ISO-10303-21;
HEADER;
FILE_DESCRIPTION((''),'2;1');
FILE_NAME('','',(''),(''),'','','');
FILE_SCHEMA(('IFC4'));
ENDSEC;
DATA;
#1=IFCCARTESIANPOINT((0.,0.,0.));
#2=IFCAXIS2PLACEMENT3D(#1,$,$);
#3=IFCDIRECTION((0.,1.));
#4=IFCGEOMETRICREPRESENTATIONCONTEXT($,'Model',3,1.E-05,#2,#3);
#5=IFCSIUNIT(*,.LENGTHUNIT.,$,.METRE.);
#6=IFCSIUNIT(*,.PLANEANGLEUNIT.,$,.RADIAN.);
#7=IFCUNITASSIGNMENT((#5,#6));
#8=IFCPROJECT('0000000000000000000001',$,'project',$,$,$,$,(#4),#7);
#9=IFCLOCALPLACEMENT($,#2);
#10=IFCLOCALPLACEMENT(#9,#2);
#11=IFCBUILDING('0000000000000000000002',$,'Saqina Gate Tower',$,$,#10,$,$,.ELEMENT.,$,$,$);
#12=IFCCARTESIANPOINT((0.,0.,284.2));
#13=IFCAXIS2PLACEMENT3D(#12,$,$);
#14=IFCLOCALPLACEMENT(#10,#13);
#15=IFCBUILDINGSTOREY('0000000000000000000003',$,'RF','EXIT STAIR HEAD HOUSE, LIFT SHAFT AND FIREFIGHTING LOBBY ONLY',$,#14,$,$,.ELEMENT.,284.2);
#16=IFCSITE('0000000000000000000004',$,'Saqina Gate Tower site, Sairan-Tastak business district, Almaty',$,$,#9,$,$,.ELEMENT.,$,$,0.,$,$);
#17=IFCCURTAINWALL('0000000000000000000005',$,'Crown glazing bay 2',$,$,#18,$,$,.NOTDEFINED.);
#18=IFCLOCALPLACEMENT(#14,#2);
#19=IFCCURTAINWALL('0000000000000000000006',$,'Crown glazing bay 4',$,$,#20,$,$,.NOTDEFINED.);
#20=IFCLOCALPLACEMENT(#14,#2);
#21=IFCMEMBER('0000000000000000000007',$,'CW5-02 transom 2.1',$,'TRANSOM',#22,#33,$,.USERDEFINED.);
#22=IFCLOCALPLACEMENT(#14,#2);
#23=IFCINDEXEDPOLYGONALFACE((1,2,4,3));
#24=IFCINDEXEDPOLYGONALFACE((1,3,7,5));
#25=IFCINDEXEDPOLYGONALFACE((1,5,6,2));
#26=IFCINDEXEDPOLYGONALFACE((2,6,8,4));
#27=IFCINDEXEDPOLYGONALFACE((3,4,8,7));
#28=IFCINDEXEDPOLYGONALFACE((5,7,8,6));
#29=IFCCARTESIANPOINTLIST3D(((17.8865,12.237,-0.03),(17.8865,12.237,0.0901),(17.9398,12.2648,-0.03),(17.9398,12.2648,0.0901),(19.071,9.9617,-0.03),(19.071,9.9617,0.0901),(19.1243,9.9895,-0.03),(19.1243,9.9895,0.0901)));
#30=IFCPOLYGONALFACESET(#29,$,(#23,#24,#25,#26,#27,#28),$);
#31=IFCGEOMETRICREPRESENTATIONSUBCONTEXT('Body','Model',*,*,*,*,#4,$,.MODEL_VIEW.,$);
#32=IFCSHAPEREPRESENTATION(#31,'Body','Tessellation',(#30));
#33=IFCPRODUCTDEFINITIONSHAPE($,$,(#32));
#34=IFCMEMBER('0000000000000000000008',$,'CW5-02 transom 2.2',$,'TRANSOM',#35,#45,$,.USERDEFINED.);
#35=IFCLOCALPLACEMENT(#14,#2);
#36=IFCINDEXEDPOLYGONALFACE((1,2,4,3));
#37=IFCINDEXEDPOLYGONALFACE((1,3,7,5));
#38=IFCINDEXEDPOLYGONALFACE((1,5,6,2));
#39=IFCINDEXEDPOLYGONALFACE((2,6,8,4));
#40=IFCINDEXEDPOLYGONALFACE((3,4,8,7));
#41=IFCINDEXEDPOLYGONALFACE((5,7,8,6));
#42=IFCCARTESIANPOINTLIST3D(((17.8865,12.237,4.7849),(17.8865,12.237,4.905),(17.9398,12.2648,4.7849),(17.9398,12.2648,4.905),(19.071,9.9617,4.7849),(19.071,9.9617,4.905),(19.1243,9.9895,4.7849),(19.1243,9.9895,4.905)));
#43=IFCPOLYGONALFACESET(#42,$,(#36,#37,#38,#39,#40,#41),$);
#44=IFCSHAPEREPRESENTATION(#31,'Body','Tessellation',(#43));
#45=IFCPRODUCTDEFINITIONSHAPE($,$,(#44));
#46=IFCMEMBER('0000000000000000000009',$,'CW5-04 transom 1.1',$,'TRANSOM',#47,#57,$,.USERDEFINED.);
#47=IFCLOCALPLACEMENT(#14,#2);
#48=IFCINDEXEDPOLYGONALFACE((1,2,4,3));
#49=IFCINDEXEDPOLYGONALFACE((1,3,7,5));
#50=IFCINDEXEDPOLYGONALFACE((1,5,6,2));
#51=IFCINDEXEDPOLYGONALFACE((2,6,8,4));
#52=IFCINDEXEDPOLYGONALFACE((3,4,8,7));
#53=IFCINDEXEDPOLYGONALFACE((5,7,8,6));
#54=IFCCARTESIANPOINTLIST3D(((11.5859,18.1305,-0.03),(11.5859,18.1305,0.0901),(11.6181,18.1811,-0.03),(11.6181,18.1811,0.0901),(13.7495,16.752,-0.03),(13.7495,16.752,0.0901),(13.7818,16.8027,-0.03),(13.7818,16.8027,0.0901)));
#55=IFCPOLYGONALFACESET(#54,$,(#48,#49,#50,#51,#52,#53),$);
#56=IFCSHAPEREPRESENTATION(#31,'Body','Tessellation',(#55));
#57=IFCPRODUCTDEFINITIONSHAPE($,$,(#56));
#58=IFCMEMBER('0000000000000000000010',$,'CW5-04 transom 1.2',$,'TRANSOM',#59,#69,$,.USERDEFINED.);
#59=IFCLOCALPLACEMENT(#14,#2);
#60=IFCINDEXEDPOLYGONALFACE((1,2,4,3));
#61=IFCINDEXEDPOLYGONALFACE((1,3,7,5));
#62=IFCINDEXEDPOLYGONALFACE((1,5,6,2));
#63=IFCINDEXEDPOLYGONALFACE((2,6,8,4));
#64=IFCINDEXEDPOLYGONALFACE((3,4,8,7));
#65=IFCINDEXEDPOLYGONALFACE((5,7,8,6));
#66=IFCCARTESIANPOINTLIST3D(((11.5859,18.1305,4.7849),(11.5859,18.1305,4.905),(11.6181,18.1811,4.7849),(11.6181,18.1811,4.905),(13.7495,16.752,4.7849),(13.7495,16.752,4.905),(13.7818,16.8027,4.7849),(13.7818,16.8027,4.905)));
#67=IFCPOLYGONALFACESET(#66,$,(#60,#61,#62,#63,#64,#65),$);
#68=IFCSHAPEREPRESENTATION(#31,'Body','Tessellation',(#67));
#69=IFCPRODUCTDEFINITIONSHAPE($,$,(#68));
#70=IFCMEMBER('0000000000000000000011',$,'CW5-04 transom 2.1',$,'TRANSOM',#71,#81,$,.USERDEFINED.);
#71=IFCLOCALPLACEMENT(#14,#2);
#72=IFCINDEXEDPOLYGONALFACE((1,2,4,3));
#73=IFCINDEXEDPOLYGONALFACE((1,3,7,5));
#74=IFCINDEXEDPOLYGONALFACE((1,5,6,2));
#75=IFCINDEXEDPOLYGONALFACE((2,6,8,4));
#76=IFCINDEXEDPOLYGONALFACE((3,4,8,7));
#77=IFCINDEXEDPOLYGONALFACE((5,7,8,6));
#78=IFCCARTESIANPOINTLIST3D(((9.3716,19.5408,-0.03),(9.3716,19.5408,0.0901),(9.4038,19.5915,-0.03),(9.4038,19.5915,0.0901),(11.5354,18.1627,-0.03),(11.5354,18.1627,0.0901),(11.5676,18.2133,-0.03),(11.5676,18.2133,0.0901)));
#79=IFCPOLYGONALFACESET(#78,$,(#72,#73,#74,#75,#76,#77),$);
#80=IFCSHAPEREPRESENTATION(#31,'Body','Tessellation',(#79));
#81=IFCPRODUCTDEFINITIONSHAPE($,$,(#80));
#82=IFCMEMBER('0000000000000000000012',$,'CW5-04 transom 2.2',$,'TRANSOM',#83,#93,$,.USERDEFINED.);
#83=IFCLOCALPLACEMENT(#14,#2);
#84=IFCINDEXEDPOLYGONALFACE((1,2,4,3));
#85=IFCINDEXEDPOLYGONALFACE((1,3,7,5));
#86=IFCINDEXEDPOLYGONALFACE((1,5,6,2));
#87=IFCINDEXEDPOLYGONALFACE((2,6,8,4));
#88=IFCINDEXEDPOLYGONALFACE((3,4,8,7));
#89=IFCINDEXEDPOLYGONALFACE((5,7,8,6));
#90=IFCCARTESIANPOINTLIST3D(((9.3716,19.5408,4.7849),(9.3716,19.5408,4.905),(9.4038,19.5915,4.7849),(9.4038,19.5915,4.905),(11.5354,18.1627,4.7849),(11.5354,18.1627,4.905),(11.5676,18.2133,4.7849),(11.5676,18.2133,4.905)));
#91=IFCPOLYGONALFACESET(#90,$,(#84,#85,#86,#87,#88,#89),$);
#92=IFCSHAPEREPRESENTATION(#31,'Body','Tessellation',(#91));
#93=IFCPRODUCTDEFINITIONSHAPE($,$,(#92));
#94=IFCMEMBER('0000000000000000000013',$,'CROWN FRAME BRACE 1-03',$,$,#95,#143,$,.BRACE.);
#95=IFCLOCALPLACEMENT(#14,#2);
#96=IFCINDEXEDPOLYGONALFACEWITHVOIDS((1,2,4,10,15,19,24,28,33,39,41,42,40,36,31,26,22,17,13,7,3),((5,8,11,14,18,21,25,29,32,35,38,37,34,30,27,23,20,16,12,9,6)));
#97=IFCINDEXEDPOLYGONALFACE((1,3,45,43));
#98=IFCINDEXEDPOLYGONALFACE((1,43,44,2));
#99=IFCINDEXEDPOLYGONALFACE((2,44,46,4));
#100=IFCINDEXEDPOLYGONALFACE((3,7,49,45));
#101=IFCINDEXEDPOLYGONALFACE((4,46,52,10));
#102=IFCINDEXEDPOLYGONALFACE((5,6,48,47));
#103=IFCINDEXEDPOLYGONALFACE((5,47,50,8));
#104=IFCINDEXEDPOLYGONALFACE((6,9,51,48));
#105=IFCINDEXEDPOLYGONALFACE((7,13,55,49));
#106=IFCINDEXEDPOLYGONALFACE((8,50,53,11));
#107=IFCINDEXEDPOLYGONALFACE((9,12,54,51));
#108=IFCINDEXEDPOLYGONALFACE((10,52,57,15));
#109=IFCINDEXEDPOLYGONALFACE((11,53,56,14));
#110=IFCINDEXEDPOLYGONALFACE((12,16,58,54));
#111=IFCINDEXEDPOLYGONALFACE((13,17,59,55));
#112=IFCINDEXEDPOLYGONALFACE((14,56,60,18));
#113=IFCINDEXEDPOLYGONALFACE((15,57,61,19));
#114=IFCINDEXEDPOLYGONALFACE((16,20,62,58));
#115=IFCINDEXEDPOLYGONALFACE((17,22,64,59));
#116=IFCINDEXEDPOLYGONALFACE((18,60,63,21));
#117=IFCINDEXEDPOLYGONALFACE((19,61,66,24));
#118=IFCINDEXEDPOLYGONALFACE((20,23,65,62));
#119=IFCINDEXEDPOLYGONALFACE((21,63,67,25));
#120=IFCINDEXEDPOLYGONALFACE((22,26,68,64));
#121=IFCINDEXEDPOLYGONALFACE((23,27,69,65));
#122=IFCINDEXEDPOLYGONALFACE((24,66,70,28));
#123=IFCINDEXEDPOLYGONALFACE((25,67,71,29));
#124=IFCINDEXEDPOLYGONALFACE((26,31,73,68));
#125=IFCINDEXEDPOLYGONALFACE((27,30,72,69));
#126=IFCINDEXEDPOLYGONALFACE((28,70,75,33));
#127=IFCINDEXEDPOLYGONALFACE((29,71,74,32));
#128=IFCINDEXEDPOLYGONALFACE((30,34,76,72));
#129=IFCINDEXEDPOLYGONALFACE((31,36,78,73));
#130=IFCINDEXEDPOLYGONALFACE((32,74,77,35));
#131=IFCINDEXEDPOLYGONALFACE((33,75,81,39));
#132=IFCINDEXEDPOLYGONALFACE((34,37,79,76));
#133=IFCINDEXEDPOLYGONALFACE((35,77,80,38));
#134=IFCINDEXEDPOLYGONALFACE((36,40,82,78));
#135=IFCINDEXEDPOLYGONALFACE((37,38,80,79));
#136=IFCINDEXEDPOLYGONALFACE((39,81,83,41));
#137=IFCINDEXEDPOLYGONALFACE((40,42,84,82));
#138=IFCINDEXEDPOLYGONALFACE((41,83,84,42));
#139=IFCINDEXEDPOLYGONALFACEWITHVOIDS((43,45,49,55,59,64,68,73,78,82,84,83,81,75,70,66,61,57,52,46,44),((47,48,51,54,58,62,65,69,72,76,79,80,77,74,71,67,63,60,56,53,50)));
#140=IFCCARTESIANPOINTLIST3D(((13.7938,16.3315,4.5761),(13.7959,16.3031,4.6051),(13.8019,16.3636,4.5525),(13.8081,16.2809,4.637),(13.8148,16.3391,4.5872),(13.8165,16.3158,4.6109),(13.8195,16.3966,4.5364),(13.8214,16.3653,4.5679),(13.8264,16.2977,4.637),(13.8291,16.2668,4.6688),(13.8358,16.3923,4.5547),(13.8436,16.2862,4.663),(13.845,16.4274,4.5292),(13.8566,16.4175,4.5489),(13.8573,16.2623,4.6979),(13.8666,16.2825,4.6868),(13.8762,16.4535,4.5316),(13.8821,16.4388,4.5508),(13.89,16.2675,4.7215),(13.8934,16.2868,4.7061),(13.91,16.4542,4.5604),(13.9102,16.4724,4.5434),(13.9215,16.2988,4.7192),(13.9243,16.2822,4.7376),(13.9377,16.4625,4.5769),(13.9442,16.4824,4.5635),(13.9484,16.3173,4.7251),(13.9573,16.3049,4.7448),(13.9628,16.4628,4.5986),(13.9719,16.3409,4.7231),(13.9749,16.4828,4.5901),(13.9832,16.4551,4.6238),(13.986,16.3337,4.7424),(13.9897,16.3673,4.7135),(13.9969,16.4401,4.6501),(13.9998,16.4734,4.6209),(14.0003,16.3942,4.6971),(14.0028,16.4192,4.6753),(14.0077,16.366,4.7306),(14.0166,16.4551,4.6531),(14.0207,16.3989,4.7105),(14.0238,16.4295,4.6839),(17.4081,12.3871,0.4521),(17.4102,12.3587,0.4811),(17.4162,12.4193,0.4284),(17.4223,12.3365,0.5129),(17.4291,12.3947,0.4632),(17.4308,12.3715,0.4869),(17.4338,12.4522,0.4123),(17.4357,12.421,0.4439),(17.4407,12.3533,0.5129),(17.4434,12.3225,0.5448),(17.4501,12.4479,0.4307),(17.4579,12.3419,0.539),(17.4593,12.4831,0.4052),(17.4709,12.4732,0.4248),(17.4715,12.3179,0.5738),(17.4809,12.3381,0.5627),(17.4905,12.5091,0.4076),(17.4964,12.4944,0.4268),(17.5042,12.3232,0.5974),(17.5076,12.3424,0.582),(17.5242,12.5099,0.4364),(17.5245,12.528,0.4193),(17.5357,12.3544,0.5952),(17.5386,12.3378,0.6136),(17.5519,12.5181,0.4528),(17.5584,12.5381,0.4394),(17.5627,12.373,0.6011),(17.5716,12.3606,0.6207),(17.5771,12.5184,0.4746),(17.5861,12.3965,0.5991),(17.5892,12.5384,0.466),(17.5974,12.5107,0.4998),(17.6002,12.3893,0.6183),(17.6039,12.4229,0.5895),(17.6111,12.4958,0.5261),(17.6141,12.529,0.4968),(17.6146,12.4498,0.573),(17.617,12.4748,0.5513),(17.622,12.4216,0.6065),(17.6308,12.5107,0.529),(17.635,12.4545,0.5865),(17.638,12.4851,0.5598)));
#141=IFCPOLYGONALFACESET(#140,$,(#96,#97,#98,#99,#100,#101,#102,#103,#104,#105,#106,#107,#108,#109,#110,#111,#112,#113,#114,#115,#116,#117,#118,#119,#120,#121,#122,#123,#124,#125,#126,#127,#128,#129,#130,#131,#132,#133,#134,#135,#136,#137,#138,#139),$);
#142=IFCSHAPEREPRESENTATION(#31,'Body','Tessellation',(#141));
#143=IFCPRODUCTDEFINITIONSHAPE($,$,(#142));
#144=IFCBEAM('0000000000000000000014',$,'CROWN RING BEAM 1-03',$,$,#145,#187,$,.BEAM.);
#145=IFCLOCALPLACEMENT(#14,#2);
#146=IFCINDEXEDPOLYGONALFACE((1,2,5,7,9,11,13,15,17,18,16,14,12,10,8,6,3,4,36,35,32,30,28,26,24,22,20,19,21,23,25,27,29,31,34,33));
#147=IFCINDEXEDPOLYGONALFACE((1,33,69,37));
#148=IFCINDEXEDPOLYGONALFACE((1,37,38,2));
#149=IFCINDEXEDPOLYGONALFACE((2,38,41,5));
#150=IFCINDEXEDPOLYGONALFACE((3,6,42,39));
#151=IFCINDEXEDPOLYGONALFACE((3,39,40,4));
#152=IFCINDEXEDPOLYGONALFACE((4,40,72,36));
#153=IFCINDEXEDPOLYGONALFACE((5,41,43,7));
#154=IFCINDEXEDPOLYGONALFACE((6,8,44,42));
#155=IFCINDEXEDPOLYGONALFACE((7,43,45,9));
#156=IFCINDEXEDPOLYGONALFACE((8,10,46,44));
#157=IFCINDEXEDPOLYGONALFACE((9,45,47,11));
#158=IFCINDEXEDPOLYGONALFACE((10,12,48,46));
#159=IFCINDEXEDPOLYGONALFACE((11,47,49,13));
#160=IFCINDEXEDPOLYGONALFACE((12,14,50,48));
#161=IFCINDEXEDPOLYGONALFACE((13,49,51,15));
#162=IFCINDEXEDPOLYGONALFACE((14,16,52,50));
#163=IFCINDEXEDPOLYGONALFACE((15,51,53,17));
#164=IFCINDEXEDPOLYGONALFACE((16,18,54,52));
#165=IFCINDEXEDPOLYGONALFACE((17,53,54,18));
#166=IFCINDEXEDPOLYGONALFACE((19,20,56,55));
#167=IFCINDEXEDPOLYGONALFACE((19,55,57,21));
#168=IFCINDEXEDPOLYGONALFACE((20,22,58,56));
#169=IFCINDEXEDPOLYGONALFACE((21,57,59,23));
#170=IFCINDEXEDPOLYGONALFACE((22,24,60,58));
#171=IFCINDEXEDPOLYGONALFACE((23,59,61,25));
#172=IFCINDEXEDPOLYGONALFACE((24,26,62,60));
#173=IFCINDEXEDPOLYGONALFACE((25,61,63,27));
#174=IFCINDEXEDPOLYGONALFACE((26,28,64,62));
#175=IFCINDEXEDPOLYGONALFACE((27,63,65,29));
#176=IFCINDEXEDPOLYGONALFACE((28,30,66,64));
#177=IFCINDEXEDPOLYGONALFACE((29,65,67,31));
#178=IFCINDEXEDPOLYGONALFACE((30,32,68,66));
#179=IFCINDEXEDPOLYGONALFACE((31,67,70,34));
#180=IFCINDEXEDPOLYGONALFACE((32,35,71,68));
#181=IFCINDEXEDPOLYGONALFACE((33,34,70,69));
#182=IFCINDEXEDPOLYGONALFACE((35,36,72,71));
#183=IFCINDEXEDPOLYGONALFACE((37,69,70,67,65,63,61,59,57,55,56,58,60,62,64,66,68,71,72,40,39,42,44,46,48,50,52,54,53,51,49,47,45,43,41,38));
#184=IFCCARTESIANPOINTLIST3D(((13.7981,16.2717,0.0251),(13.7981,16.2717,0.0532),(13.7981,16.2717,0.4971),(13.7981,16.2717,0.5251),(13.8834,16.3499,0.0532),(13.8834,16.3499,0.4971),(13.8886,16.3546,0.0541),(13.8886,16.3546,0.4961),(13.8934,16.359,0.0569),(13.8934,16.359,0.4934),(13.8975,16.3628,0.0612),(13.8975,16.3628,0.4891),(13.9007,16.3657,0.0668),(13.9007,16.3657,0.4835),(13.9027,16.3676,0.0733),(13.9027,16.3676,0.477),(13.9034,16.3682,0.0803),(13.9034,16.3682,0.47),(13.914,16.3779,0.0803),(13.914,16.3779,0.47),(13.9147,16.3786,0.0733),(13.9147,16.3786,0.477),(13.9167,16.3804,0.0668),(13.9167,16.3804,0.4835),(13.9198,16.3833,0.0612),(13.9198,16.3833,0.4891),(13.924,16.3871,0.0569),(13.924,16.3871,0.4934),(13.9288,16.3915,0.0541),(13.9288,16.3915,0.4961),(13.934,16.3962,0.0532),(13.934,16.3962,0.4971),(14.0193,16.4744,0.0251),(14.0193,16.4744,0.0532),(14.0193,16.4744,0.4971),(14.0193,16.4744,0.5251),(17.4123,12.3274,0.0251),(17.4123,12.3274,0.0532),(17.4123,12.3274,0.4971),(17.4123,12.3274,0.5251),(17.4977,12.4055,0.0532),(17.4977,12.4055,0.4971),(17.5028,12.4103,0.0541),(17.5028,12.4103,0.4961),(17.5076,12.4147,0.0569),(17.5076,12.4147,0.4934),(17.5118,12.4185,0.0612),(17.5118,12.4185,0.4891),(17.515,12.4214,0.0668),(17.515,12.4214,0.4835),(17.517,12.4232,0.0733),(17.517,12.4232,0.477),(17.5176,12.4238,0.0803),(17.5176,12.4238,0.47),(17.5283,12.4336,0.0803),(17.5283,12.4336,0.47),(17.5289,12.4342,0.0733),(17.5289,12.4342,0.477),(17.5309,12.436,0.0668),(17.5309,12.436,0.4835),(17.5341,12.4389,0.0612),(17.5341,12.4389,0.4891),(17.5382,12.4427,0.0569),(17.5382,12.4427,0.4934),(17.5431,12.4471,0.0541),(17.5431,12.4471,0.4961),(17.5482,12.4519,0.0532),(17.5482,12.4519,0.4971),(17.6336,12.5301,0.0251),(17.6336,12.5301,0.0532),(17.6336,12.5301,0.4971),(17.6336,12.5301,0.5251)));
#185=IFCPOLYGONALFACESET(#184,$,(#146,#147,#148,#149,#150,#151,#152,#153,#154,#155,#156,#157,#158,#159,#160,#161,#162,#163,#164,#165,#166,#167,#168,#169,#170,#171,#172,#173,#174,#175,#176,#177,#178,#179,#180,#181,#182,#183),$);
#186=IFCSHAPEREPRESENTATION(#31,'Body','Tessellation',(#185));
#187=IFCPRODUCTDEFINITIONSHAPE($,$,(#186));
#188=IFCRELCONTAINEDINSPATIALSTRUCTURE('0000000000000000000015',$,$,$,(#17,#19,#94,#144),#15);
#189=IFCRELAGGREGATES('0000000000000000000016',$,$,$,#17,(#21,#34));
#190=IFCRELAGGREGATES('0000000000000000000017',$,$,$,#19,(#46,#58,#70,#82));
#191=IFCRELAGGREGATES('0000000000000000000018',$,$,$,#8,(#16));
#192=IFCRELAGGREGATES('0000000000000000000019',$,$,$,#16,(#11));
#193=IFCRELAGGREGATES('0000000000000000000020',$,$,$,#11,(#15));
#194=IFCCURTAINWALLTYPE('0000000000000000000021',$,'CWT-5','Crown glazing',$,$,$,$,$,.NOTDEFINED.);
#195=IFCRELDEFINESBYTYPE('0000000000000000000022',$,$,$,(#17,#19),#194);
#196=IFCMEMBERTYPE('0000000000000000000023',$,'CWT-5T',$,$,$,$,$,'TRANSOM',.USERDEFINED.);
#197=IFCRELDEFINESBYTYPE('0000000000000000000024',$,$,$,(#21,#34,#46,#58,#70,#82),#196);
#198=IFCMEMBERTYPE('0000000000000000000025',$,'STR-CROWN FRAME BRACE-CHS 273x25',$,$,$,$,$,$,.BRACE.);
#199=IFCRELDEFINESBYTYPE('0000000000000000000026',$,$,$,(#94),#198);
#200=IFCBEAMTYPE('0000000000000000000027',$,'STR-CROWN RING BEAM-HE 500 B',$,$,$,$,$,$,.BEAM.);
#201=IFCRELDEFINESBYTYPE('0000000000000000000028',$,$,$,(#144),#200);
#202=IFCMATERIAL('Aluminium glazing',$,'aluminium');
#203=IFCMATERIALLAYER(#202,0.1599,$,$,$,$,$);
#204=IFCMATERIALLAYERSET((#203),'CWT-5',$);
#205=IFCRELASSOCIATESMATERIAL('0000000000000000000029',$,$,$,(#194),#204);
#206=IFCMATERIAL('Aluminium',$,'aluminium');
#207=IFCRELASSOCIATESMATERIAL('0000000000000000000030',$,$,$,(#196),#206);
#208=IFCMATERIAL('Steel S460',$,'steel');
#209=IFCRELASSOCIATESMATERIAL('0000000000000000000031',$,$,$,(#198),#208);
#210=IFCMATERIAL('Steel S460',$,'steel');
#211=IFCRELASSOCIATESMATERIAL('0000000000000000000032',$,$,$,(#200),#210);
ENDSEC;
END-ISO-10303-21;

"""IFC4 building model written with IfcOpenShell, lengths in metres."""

from ifc_helpers import new_model, si_unit, direction, frame, origin, origin_2d, place, context, subcontext, project, spatial, rectangle, hollow_circle, i_section, extrude, material, layer, layer_set, material_profile, profile_set, type_object, element, aggregate, save


model = new_model("IFC4")

# Units and contexts
model_context = context("Model", 3, precision=1e-05, world=origin(), true_north=direction((0.0, 1.0)))
body_context = subcontext(model_context, "Body", "Model", "MODEL_VIEW")
ifc_project = project(units=[si_unit("LENGTHUNIT", "METRE"), si_unit("PLANEANGLEUNIT", "RADIAN")], contexts=[model_context])

# Site, building, storey
site_placement = place(None, origin())
site = spatial("IfcSite", under=ifc_project, at=site_placement, Name="Saqina Gate Tower site, Sairan-Tastak business district, Almaty", CompositionType="ELEMENT", RefElevation=0.0)
building_placement = place(site_placement, origin())
building = spatial("IfcBuilding", under=site, at=building_placement, Name="Saqina Gate Tower", CompositionType="ELEMENT")
storey_placement = place(building_placement, frame((0.0, 0.0, 284.2)))
storey = spatial("IfcBuildingStorey", under=building, at=storey_placement, Name="RF", Description="EXIT STAIR HEAD HOUSE, LIFT SHAFT AND FIREFIGHTING LOBBY ONLY", CompositionType="ELEMENT", Elevation=284.2)

# Curtain walls
ifc_material_1 = material(Name="Aluminium glazing", Category="aluminium")
ifc_layer_1 = layer(ifc_material_1, 0.1599)
ifc_layer_set_1 = layer_set([ifc_layer_1], Name="CWT-5")
curtain_wall_type = type_object("IfcCurtainWallType", Name="CWT-5", Description="Crown glazing", PredefinedType="NOTDEFINED", material=ifc_layer_set_1)
curtain_wall_1_placement = place(storey_placement, origin())
curtain_wall_1 = element("IfcCurtainWall", 1, at=curtain_wall_1_placement, inside=storey, type_object=curtain_wall_type, Name="Crown glazing bay 2", PredefinedType="NOTDEFINED")
curtain_wall_2_placement = place(storey_placement, origin())
curtain_wall_2 = element("IfcCurtainWall", 2, at=curtain_wall_2_placement, inside=storey, type_object=curtain_wall_type, Name="Crown glazing bay 4", PredefinedType="NOTDEFINED")

# Members
ifc_material_2 = material(Name="Aluminium", Category="aluminium")
ifc_material_profile_1 = material_profile(ifc_material_2, rectangle(XDim=0.0601, YDim=0.1201, at=origin_2d()), Name="Aluminium 60x120")
ifc_profile_set_1 = profile_set([ifc_material_profile_1], Name="Aluminium")
member_type_1 = type_object("IfcMemberType", Name="CWT-5T", ElementType="TRANSOM", PredefinedType="USERDEFINED", material=ifc_profile_set_1)
member_1_placement = place(storey_placement, frame((19.0977, 9.9756, 0.03), z_axis=(-0.461772, 0.886999, 0.0), x_axis=(-0.886999, -0.461772, 0.0)))
member_1 = element("IfcMember", 3, at=member_1_placement, type_object=member_type_1, Name="CW5-02 transom 2.1", ObjectType="TRANSOM", PredefinedType="USERDEFINED", context=body_context, shape_type="SweptSolid", body=[
    extrude(rectangle(XDim=0.0601, YDim=0.1201, at=origin_2d()), origin(), (0.0, 0.0, 1.0), 2.5652),
])
member_2_placement = place(storey_placement, frame((19.0977, 9.9756, 4.845), z_axis=(-0.461772, 0.886999, 0.0), x_axis=(-0.886999, -0.461772, 0.0)))
member_2 = element("IfcMember", 4, at=member_2_placement, type_object=member_type_1, Name="CW5-02 transom 2.2", ObjectType="TRANSOM", PredefinedType="USERDEFINED", context=body_context, shape_type="SweptSolid", body=[
    extrude(rectangle(XDim=0.0601, YDim=0.1201, at=origin_2d()), origin(), (0.0, 0.0, 1.0), 2.5652),
])
member_3_placement = place(storey_placement, frame((13.7656, 16.7773, 0.03), z_axis=(-0.843379, 0.537319, 0.0), x_axis=(-0.537319, -0.843379, 0.0)))
member_3 = element("IfcMember", 5, at=member_3_placement, type_object=member_type_1, Name="CW5-04 transom 1.1", ObjectType="TRANSOM", PredefinedType="USERDEFINED", context=body_context, shape_type="SweptSolid", body=[
    extrude(rectangle(XDim=0.0601, YDim=0.1201, at=origin_2d()), origin(), (0.0, 0.0, 1.0), 2.5654),
])
member_4_placement = place(storey_placement, frame((13.7656, 16.7773, 4.845), z_axis=(-0.843379, 0.537319, 0.0), x_axis=(-0.537319, -0.843379, 0.0)))
member_4 = element("IfcMember", 6, at=member_4_placement, type_object=member_type_1, Name="CW5-04 transom 1.2", ObjectType="TRANSOM", PredefinedType="USERDEFINED", context=body_context, shape_type="SweptSolid", body=[
    extrude(rectangle(XDim=0.0601, YDim=0.1201, at=origin_2d()), origin(), (0.0, 0.0, 1.0), 2.5654),
])
member_5_placement = place(storey_placement, frame((11.5515, 18.188, 0.03), z_axis=(-0.84345, 0.537208, 0.0), x_axis=(-0.537208, -0.84345, 0.0)))
member_5 = element("IfcMember", 7, at=member_5_placement, type_object=member_type_1, Name="CW5-04 transom 2.1", ObjectType="TRANSOM", PredefinedType="USERDEFINED", context=body_context, shape_type="SweptSolid", body=[
    extrude(rectangle(XDim=0.0601, YDim=0.1201, at=origin_2d()), origin(), (0.0, 0.0, 1.0), 2.5654),
])
member_6_placement = place(storey_placement, frame((11.5515, 18.188, 4.845), z_axis=(-0.84345, 0.537208, 0.0), x_axis=(-0.537208, -0.84345, 0.0)))
member_6 = element("IfcMember", 8, at=member_6_placement, type_object=member_type_1, Name="CW5-04 transom 2.2", ObjectType="TRANSOM", PredefinedType="USERDEFINED", context=body_context, shape_type="SweptSolid", body=[
    extrude(rectangle(XDim=0.0601, YDim=0.1201, at=origin_2d()), origin(), (0.0, 0.0, 1.0), 2.5654),
])
ifc_material_3 = material(Name="Steel S460", Category="steel")
ifc_material_profile_2 = material_profile(ifc_material_3, hollow_circle(Radius=0.1365, WallThickness=0.0249, at=origin_2d()), Name="CHS 273x25")
ifc_profile_set_2 = profile_set([ifc_material_profile_2], Name="Steel S460")
member_type_2 = type_object("IfcMemberType", Name="STR-CROWN FRAME BRACE-CHS 273x25", PredefinedType="BRACE", material=ifc_profile_set_2)
member_7_placement = place(storey_placement, frame((17.5229, 12.4287, 0.5129), z_axis=(-0.53506, 0.583925, 0.610526), x_axis=(-0.737283, -0.675584, 0.0)))
element("IfcMember", 9, at=member_7_placement, inside=storey, type_object=member_type_2, Name="CROWN FRAME BRACE 1-03", PredefinedType="BRACE", context=body_context, shape_type="SweptSolid", body=[
    extrude(hollow_circle(Radius=0.1365, WallThickness=0.0249, at=origin_2d()), origin(), (0.0, 0.0, 1.0), 6.7549),
])

# Beam
ifc_material_4 = material(Name="Steel S460", Category="steel")
ifc_material_profile_3 = material_profile(ifc_material_4, i_section(OverallWidth=0.3, OverallDepth=0.5, WebThickness=0.0144, FlangeThickness=0.0281, FilletRadius=0.0271, at=origin_2d()), Name="HE 500 B")
ifc_profile_set_3 = profile_set([ifc_material_profile_3], Name="Steel S460")
beam_type = type_object("IfcBeamType", Name="STR-CROWN RING BEAM-HE 500 B", PredefinedType="BEAM", material=ifc_profile_set_3)
beam_1_placement = place(storey_placement, frame((17.5229, 12.4287, 0.2751), z_axis=(-0.675584, 0.737283, 0.0), x_axis=(-0.737283, -0.675584, 0.0)))
element("IfcBeam", 10, at=beam_1_placement, inside=storey, type_object=beam_type, Name="CROWN RING BEAM 1-03", PredefinedType="BEAM", context=body_context, shape_type="SweptSolid", body=[
    extrude(i_section(OverallWidth=0.3, OverallDepth=0.5, WebThickness=0.0144, FlangeThickness=0.0281, FilletRadius=0.0271, at=origin_2d()), origin(), (0.0, 0.0, 1.0), 5.3499),
])

aggregate(curtain_wall_1, [member_1, member_2])
aggregate(curtain_wall_2, [member_3, member_4, member_5, member_6])

save(model, "model.ifc")
